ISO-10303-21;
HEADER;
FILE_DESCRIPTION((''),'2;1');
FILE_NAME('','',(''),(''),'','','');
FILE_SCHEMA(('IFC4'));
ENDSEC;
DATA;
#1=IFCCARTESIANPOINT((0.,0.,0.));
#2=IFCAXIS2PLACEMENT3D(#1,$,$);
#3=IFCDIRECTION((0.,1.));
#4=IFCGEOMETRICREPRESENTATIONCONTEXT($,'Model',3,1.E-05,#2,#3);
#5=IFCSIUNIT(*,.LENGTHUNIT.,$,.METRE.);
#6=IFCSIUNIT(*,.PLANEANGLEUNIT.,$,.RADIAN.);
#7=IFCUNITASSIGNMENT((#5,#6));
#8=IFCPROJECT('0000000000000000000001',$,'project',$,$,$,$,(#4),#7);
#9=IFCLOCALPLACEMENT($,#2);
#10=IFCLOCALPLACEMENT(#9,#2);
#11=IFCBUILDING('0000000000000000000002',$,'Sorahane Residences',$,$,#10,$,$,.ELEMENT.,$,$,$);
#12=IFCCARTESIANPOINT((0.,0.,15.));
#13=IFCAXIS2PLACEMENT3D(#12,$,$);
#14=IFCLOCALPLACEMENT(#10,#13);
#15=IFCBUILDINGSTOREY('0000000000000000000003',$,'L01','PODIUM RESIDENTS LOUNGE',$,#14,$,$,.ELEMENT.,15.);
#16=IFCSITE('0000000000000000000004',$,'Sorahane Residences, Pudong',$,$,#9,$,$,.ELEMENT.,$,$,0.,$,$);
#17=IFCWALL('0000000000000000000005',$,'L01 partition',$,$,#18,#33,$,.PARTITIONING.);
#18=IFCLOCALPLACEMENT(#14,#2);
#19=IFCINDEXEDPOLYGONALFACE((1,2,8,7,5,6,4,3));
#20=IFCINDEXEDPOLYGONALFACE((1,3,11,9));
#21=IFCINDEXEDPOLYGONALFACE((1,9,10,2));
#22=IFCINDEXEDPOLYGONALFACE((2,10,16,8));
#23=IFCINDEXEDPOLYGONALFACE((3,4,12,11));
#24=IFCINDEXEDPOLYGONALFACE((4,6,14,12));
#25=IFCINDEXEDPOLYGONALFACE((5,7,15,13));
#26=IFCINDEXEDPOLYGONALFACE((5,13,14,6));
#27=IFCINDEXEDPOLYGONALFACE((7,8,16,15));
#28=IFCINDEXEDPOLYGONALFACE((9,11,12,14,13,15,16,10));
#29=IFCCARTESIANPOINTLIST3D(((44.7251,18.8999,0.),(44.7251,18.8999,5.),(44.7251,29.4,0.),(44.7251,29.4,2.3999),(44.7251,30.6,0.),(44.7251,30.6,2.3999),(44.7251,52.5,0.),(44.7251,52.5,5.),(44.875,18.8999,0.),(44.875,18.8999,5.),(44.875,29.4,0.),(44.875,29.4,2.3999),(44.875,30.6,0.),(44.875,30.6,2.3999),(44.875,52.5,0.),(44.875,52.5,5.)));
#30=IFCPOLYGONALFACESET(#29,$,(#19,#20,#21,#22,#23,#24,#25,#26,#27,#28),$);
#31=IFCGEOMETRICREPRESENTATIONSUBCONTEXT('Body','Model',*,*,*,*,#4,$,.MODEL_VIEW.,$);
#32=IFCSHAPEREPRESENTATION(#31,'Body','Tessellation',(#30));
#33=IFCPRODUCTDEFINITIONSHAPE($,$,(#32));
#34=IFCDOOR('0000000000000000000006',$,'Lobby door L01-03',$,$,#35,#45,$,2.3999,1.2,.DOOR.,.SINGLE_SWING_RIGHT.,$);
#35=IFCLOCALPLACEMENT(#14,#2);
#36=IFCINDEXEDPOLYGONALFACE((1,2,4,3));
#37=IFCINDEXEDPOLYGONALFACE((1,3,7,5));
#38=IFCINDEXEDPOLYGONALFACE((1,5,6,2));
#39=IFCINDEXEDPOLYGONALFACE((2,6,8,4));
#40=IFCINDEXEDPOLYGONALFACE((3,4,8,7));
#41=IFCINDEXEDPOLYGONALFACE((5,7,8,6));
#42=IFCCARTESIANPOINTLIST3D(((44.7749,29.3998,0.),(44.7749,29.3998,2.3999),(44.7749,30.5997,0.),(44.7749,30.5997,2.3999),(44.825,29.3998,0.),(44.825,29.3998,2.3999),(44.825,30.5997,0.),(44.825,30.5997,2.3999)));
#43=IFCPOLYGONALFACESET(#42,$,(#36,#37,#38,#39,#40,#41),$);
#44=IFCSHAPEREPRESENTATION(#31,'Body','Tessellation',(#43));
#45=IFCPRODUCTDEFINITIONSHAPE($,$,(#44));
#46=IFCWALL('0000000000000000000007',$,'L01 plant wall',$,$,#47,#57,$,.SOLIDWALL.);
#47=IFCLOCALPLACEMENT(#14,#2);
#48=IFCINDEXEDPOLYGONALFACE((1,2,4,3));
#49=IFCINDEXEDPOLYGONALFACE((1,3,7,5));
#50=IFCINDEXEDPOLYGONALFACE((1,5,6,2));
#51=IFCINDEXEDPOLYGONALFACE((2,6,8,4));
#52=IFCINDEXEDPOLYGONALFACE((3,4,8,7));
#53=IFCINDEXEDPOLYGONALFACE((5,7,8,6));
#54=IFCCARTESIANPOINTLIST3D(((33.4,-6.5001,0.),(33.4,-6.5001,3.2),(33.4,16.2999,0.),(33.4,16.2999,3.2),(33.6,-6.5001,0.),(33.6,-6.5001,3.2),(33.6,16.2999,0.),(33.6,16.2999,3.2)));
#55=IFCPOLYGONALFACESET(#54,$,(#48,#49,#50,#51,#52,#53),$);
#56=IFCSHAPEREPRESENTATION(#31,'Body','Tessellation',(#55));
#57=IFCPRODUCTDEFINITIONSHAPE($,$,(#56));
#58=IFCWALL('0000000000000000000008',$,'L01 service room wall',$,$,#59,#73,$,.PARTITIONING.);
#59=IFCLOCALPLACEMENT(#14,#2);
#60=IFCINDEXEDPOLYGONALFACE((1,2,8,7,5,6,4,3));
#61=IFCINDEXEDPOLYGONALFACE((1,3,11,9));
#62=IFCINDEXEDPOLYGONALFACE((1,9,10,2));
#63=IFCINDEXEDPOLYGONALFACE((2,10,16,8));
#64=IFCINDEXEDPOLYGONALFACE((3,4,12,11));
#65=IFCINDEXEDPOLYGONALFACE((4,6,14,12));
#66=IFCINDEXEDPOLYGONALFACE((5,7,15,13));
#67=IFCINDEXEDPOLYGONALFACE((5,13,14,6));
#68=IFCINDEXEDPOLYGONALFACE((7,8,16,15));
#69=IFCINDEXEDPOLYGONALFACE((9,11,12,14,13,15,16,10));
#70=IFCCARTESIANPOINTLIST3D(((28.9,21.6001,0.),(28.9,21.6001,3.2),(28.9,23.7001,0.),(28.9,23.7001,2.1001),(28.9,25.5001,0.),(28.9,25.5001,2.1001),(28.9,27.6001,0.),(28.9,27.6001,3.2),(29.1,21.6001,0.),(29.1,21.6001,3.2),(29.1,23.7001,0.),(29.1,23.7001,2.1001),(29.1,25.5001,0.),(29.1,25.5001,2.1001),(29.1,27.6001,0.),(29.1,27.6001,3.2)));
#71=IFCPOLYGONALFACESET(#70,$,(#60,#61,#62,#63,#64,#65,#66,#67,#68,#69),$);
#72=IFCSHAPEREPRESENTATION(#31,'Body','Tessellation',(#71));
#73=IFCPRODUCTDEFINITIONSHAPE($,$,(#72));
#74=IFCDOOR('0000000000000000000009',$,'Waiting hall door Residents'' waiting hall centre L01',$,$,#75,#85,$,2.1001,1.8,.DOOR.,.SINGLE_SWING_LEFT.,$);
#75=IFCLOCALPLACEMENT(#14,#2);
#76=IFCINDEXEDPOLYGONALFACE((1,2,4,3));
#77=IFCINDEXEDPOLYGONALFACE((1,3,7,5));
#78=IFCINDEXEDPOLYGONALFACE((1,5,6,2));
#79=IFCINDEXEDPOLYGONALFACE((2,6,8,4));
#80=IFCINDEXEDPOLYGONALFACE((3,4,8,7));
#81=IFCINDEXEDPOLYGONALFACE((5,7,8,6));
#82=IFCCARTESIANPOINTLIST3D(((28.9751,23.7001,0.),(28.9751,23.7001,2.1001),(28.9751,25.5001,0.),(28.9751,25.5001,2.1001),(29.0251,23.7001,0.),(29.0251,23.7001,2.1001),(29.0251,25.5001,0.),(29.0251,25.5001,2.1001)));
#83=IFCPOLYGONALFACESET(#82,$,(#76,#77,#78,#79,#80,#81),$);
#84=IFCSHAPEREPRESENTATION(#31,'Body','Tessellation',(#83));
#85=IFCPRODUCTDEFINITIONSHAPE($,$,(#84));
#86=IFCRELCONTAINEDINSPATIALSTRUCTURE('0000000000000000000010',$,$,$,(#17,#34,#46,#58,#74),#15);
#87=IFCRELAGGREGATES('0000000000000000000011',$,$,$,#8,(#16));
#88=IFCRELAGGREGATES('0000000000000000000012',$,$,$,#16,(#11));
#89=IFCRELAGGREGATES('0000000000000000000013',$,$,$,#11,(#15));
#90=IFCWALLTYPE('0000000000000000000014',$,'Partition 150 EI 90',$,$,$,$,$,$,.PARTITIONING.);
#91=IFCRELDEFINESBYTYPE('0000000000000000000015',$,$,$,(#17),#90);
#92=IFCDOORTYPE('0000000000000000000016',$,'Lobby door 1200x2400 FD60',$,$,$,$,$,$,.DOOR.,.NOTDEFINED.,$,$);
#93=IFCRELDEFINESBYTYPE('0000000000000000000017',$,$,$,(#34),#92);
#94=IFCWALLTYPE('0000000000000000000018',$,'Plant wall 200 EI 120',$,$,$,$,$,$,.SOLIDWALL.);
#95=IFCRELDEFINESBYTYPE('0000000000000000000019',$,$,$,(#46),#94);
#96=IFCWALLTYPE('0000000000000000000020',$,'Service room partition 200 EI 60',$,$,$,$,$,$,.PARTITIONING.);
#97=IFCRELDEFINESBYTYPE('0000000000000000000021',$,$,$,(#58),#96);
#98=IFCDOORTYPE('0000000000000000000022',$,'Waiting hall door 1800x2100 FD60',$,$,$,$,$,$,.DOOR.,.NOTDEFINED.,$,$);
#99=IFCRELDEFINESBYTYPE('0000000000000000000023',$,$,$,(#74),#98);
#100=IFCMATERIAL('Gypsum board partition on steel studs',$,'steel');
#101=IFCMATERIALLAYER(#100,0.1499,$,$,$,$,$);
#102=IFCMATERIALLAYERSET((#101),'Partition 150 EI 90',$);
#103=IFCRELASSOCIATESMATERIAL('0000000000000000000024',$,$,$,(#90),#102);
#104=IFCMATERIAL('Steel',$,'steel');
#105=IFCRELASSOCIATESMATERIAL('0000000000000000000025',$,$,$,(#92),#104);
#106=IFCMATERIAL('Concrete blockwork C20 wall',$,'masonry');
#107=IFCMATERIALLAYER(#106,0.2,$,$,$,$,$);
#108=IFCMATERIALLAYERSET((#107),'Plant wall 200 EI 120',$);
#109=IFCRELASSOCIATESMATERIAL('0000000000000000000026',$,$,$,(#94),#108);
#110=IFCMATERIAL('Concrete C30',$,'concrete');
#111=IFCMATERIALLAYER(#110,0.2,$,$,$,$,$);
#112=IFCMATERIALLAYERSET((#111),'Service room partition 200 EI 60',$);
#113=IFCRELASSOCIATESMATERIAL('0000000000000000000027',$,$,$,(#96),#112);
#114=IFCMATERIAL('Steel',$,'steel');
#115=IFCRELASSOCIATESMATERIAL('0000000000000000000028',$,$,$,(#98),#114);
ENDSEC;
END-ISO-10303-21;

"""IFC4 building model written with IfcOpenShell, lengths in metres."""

from ifc_helpers import new_model, si_unit, direction, frame, frame_2d, origin, place, context, subcontext, project, spatial, rectangle, extrude, material, layer, layer_set, type_object, element, fill, save


model = new_model("IFC4")

# Units and contexts
model_context = context("Model", 3, precision=1e-05, world=origin(), true_north=direction((0.0, 1.0)))
body_context = subcontext(model_context, "Body", "Model", "MODEL_VIEW")
ifc_project = project(units=[si_unit("LENGTHUNIT", "METRE"), si_unit("PLANEANGLEUNIT", "RADIAN")], contexts=[model_context])

# Site, building, storey
site_placement = place(None, origin())
site = spatial("IfcSite", under=ifc_project, at=site_placement, Name="Sorahane Residences, Pudong", CompositionType="ELEMENT", RefElevation=0.0)
building_placement = place(site_placement, origin())
building = spatial("IfcBuilding", under=site, at=building_placement, Name="Sorahane Residences", CompositionType="ELEMENT")
storey_placement = place(building_placement, frame((0.0, 0.0, 15.0)))
storey = spatial("IfcBuildingStorey", under=building, at=storey_placement, Name="L01", Description="PODIUM RESIDENTS LOUNGE", CompositionType="ELEMENT", Elevation=15.0)

# Wall, opening, door
ifc_material_1 = material(Name="Gypsum board partition on steel studs", Category="steel")
ifc_layer_1 = layer(ifc_material_1, 0.1499)
ifc_layer_set_1 = layer_set([ifc_layer_1], Name="Partition 150 EI 90")
wall_type_1 = type_object("IfcWallType", Name="Partition 150 EI 90", PredefinedType="PARTITIONING", material=ifc_layer_set_1)
wall_1_placement = place(storey_placement, frame((44.8, 18.8999, 0.0), z_axis=(0.0, 0.0, 1.0), x_axis=(0.0, 1.0, 0.0)))
wall_1 = element("IfcWall", 1, at=wall_1_placement, inside=storey, type_object=wall_type_1, Name="L01 partition", PredefinedType="PARTITIONING", context=body_context, shape_type="SweptSolid", body=[
    extrude(rectangle(XDim=33.6001, YDim=0.1499, at=frame_2d((16.8, 0.0))), origin(), (0.0, 0.0, 1.0), 5.0),
])
opening_1_placement = place(wall_1_placement, frame((10.5, 0.0, 0.0)))
opening_1 = element("IfcOpeningElement", 2, at=opening_1_placement, cuts=wall_1, PredefinedType="OPENING", context=body_context, shape_type="SweptSolid", body=[
    extrude(rectangle(XDim=1.2, YDim=2.3999, at=frame_2d((0.6001, 1.2))), frame((0.0, 0.085, 0.0), z_axis=(0.0, -1.0, 0.0), x_axis=(1.0, 0.0, 0.0)), (0.0, 0.0, 1.0), 0.1699),
])
ifc_material_2 = material(Name="Steel", Category="steel")
door_type_1 = type_object("IfcDoorType", Name="Lobby door 1200x2400 FD60", OperationType="NOTDEFINED", PredefinedType="DOOR", material=ifc_material_2)
door_1_placement = place(opening_1_placement, frame((1.2, 0.0, 0.0), z_axis=(0.0, 0.0, 1.0), x_axis=(-1.0, 0.0, 0.0)))
door_1 = element("IfcDoor", 3, at=door_1_placement, inside=storey, type_object=door_type_1, Name="Lobby door L01-03", OperationType="SINGLE_SWING_RIGHT", OverallHeight=2.3999, OverallWidth=1.2, PredefinedType="DOOR", context=body_context, shape_type="SweptSolid", body=[
    extrude(rectangle(XDim=1.2, YDim=2.3999, at=frame_2d((0.6001, 1.2))), frame((0.0, 0.0249, 0.0), z_axis=(0.0, -1.0, 0.0), x_axis=(1.0, 0.0, 0.0)), (0.0, 0.0, 1.0), 0.05),
])
fill(opening_1, door_1)

# Wall
ifc_material_3 = material(Name="Concrete blockwork C20 wall", Category="masonry")
ifc_layer_2 = layer(ifc_material_3, 0.2)
ifc_layer_set_2 = layer_set([ifc_layer_2], Name="Plant wall 200 EI 120")
wall_type_2 = type_object("IfcWallType", Name="Plant wall 200 EI 120", PredefinedType="SOLIDWALL", material=ifc_layer_set_2)
wall_2_placement = place(storey_placement, frame((33.5, -6.5, 0.0), z_axis=(0.0, 0.0, 1.0), x_axis=(0.0, 1.0, 0.0)))
element("IfcWall", 4, at=wall_2_placement, inside=storey, type_object=wall_type_2, Name="L01 plant wall", PredefinedType="SOLIDWALL", context=body_context, shape_type="SweptSolid", body=[
    extrude(rectangle(XDim=22.8, YDim=0.2, at=frame_2d((11.3999, 0.0))), origin(), (0.0, 0.0, 1.0), 3.2),
])

# Wall, opening, door
ifc_material_4 = material(Name="Concrete C30", Category="concrete")
ifc_layer_3 = layer(ifc_material_4, 0.2)
ifc_layer_set_3 = layer_set([ifc_layer_3], Name="Service room partition 200 EI 60")
wall_type_3 = type_object("IfcWallType", Name="Service room partition 200 EI 60", PredefinedType="PARTITIONING", material=ifc_layer_set_3)
wall_3_placement = place(storey_placement, frame((29.0, 21.6001, 0.0), z_axis=(0.0, 0.0, 1.0), x_axis=(0.0, 1.0, 0.0)))
wall_3 = element("IfcWall", 5, at=wall_3_placement, inside=storey, type_object=wall_type_3, Name="L01 service room wall", PredefinedType="PARTITIONING", context=body_context, shape_type="SweptSolid", body=[
    extrude(rectangle(XDim=6.0, YDim=0.2, at=frame_2d((3.0, 0.0))), origin(), (0.0, 0.0, 1.0), 3.2),
])
opening_2_placement = place(wall_3_placement, frame((2.1001, 0.0, 0.0)))
opening_2 = element("IfcOpeningElement", 6, at=opening_2_placement, cuts=wall_3, PredefinedType="OPENING", context=body_context, shape_type="SweptSolid", body=[
    extrude(rectangle(XDim=1.8, YDim=2.1001, at=frame_2d((0.8999, 1.05))), frame((0.0, 0.1099, 0.0), z_axis=(0.0, -1.0, 0.0), x_axis=(1.0, 0.0, 0.0)), (0.0, 0.0, 1.0), 0.22),
])
ifc_material_5 = material(Name="Steel", Category="steel")
door_type_2 = type_object("IfcDoorType", Name="Waiting hall door 1800x2100 FD60", OperationType="NOTDEFINED", PredefinedType="DOOR", material=ifc_material_5)
door_2_placement = place(opening_2_placement, origin())
door_2 = element("IfcDoor", 7, at=door_2_placement, inside=storey, type_object=door_type_2, Name="Waiting hall door Residents' waiting hall centre L01", OperationType="SINGLE_SWING_LEFT", OverallHeight=2.1001, OverallWidth=1.8, PredefinedType="DOOR", context=body_context, shape_type="SweptSolid", body=[
    extrude(rectangle(XDim=1.8, YDim=2.1001, at=frame_2d((0.8999, 1.05))), frame((0.0, 0.0249, 0.0), z_axis=(0.0, -1.0, 0.0), x_axis=(1.0, 0.0, 0.0)), (0.0, 0.0, 1.0), 0.05),
])
fill(opening_2, door_2)

save(model, "model.ifc")
